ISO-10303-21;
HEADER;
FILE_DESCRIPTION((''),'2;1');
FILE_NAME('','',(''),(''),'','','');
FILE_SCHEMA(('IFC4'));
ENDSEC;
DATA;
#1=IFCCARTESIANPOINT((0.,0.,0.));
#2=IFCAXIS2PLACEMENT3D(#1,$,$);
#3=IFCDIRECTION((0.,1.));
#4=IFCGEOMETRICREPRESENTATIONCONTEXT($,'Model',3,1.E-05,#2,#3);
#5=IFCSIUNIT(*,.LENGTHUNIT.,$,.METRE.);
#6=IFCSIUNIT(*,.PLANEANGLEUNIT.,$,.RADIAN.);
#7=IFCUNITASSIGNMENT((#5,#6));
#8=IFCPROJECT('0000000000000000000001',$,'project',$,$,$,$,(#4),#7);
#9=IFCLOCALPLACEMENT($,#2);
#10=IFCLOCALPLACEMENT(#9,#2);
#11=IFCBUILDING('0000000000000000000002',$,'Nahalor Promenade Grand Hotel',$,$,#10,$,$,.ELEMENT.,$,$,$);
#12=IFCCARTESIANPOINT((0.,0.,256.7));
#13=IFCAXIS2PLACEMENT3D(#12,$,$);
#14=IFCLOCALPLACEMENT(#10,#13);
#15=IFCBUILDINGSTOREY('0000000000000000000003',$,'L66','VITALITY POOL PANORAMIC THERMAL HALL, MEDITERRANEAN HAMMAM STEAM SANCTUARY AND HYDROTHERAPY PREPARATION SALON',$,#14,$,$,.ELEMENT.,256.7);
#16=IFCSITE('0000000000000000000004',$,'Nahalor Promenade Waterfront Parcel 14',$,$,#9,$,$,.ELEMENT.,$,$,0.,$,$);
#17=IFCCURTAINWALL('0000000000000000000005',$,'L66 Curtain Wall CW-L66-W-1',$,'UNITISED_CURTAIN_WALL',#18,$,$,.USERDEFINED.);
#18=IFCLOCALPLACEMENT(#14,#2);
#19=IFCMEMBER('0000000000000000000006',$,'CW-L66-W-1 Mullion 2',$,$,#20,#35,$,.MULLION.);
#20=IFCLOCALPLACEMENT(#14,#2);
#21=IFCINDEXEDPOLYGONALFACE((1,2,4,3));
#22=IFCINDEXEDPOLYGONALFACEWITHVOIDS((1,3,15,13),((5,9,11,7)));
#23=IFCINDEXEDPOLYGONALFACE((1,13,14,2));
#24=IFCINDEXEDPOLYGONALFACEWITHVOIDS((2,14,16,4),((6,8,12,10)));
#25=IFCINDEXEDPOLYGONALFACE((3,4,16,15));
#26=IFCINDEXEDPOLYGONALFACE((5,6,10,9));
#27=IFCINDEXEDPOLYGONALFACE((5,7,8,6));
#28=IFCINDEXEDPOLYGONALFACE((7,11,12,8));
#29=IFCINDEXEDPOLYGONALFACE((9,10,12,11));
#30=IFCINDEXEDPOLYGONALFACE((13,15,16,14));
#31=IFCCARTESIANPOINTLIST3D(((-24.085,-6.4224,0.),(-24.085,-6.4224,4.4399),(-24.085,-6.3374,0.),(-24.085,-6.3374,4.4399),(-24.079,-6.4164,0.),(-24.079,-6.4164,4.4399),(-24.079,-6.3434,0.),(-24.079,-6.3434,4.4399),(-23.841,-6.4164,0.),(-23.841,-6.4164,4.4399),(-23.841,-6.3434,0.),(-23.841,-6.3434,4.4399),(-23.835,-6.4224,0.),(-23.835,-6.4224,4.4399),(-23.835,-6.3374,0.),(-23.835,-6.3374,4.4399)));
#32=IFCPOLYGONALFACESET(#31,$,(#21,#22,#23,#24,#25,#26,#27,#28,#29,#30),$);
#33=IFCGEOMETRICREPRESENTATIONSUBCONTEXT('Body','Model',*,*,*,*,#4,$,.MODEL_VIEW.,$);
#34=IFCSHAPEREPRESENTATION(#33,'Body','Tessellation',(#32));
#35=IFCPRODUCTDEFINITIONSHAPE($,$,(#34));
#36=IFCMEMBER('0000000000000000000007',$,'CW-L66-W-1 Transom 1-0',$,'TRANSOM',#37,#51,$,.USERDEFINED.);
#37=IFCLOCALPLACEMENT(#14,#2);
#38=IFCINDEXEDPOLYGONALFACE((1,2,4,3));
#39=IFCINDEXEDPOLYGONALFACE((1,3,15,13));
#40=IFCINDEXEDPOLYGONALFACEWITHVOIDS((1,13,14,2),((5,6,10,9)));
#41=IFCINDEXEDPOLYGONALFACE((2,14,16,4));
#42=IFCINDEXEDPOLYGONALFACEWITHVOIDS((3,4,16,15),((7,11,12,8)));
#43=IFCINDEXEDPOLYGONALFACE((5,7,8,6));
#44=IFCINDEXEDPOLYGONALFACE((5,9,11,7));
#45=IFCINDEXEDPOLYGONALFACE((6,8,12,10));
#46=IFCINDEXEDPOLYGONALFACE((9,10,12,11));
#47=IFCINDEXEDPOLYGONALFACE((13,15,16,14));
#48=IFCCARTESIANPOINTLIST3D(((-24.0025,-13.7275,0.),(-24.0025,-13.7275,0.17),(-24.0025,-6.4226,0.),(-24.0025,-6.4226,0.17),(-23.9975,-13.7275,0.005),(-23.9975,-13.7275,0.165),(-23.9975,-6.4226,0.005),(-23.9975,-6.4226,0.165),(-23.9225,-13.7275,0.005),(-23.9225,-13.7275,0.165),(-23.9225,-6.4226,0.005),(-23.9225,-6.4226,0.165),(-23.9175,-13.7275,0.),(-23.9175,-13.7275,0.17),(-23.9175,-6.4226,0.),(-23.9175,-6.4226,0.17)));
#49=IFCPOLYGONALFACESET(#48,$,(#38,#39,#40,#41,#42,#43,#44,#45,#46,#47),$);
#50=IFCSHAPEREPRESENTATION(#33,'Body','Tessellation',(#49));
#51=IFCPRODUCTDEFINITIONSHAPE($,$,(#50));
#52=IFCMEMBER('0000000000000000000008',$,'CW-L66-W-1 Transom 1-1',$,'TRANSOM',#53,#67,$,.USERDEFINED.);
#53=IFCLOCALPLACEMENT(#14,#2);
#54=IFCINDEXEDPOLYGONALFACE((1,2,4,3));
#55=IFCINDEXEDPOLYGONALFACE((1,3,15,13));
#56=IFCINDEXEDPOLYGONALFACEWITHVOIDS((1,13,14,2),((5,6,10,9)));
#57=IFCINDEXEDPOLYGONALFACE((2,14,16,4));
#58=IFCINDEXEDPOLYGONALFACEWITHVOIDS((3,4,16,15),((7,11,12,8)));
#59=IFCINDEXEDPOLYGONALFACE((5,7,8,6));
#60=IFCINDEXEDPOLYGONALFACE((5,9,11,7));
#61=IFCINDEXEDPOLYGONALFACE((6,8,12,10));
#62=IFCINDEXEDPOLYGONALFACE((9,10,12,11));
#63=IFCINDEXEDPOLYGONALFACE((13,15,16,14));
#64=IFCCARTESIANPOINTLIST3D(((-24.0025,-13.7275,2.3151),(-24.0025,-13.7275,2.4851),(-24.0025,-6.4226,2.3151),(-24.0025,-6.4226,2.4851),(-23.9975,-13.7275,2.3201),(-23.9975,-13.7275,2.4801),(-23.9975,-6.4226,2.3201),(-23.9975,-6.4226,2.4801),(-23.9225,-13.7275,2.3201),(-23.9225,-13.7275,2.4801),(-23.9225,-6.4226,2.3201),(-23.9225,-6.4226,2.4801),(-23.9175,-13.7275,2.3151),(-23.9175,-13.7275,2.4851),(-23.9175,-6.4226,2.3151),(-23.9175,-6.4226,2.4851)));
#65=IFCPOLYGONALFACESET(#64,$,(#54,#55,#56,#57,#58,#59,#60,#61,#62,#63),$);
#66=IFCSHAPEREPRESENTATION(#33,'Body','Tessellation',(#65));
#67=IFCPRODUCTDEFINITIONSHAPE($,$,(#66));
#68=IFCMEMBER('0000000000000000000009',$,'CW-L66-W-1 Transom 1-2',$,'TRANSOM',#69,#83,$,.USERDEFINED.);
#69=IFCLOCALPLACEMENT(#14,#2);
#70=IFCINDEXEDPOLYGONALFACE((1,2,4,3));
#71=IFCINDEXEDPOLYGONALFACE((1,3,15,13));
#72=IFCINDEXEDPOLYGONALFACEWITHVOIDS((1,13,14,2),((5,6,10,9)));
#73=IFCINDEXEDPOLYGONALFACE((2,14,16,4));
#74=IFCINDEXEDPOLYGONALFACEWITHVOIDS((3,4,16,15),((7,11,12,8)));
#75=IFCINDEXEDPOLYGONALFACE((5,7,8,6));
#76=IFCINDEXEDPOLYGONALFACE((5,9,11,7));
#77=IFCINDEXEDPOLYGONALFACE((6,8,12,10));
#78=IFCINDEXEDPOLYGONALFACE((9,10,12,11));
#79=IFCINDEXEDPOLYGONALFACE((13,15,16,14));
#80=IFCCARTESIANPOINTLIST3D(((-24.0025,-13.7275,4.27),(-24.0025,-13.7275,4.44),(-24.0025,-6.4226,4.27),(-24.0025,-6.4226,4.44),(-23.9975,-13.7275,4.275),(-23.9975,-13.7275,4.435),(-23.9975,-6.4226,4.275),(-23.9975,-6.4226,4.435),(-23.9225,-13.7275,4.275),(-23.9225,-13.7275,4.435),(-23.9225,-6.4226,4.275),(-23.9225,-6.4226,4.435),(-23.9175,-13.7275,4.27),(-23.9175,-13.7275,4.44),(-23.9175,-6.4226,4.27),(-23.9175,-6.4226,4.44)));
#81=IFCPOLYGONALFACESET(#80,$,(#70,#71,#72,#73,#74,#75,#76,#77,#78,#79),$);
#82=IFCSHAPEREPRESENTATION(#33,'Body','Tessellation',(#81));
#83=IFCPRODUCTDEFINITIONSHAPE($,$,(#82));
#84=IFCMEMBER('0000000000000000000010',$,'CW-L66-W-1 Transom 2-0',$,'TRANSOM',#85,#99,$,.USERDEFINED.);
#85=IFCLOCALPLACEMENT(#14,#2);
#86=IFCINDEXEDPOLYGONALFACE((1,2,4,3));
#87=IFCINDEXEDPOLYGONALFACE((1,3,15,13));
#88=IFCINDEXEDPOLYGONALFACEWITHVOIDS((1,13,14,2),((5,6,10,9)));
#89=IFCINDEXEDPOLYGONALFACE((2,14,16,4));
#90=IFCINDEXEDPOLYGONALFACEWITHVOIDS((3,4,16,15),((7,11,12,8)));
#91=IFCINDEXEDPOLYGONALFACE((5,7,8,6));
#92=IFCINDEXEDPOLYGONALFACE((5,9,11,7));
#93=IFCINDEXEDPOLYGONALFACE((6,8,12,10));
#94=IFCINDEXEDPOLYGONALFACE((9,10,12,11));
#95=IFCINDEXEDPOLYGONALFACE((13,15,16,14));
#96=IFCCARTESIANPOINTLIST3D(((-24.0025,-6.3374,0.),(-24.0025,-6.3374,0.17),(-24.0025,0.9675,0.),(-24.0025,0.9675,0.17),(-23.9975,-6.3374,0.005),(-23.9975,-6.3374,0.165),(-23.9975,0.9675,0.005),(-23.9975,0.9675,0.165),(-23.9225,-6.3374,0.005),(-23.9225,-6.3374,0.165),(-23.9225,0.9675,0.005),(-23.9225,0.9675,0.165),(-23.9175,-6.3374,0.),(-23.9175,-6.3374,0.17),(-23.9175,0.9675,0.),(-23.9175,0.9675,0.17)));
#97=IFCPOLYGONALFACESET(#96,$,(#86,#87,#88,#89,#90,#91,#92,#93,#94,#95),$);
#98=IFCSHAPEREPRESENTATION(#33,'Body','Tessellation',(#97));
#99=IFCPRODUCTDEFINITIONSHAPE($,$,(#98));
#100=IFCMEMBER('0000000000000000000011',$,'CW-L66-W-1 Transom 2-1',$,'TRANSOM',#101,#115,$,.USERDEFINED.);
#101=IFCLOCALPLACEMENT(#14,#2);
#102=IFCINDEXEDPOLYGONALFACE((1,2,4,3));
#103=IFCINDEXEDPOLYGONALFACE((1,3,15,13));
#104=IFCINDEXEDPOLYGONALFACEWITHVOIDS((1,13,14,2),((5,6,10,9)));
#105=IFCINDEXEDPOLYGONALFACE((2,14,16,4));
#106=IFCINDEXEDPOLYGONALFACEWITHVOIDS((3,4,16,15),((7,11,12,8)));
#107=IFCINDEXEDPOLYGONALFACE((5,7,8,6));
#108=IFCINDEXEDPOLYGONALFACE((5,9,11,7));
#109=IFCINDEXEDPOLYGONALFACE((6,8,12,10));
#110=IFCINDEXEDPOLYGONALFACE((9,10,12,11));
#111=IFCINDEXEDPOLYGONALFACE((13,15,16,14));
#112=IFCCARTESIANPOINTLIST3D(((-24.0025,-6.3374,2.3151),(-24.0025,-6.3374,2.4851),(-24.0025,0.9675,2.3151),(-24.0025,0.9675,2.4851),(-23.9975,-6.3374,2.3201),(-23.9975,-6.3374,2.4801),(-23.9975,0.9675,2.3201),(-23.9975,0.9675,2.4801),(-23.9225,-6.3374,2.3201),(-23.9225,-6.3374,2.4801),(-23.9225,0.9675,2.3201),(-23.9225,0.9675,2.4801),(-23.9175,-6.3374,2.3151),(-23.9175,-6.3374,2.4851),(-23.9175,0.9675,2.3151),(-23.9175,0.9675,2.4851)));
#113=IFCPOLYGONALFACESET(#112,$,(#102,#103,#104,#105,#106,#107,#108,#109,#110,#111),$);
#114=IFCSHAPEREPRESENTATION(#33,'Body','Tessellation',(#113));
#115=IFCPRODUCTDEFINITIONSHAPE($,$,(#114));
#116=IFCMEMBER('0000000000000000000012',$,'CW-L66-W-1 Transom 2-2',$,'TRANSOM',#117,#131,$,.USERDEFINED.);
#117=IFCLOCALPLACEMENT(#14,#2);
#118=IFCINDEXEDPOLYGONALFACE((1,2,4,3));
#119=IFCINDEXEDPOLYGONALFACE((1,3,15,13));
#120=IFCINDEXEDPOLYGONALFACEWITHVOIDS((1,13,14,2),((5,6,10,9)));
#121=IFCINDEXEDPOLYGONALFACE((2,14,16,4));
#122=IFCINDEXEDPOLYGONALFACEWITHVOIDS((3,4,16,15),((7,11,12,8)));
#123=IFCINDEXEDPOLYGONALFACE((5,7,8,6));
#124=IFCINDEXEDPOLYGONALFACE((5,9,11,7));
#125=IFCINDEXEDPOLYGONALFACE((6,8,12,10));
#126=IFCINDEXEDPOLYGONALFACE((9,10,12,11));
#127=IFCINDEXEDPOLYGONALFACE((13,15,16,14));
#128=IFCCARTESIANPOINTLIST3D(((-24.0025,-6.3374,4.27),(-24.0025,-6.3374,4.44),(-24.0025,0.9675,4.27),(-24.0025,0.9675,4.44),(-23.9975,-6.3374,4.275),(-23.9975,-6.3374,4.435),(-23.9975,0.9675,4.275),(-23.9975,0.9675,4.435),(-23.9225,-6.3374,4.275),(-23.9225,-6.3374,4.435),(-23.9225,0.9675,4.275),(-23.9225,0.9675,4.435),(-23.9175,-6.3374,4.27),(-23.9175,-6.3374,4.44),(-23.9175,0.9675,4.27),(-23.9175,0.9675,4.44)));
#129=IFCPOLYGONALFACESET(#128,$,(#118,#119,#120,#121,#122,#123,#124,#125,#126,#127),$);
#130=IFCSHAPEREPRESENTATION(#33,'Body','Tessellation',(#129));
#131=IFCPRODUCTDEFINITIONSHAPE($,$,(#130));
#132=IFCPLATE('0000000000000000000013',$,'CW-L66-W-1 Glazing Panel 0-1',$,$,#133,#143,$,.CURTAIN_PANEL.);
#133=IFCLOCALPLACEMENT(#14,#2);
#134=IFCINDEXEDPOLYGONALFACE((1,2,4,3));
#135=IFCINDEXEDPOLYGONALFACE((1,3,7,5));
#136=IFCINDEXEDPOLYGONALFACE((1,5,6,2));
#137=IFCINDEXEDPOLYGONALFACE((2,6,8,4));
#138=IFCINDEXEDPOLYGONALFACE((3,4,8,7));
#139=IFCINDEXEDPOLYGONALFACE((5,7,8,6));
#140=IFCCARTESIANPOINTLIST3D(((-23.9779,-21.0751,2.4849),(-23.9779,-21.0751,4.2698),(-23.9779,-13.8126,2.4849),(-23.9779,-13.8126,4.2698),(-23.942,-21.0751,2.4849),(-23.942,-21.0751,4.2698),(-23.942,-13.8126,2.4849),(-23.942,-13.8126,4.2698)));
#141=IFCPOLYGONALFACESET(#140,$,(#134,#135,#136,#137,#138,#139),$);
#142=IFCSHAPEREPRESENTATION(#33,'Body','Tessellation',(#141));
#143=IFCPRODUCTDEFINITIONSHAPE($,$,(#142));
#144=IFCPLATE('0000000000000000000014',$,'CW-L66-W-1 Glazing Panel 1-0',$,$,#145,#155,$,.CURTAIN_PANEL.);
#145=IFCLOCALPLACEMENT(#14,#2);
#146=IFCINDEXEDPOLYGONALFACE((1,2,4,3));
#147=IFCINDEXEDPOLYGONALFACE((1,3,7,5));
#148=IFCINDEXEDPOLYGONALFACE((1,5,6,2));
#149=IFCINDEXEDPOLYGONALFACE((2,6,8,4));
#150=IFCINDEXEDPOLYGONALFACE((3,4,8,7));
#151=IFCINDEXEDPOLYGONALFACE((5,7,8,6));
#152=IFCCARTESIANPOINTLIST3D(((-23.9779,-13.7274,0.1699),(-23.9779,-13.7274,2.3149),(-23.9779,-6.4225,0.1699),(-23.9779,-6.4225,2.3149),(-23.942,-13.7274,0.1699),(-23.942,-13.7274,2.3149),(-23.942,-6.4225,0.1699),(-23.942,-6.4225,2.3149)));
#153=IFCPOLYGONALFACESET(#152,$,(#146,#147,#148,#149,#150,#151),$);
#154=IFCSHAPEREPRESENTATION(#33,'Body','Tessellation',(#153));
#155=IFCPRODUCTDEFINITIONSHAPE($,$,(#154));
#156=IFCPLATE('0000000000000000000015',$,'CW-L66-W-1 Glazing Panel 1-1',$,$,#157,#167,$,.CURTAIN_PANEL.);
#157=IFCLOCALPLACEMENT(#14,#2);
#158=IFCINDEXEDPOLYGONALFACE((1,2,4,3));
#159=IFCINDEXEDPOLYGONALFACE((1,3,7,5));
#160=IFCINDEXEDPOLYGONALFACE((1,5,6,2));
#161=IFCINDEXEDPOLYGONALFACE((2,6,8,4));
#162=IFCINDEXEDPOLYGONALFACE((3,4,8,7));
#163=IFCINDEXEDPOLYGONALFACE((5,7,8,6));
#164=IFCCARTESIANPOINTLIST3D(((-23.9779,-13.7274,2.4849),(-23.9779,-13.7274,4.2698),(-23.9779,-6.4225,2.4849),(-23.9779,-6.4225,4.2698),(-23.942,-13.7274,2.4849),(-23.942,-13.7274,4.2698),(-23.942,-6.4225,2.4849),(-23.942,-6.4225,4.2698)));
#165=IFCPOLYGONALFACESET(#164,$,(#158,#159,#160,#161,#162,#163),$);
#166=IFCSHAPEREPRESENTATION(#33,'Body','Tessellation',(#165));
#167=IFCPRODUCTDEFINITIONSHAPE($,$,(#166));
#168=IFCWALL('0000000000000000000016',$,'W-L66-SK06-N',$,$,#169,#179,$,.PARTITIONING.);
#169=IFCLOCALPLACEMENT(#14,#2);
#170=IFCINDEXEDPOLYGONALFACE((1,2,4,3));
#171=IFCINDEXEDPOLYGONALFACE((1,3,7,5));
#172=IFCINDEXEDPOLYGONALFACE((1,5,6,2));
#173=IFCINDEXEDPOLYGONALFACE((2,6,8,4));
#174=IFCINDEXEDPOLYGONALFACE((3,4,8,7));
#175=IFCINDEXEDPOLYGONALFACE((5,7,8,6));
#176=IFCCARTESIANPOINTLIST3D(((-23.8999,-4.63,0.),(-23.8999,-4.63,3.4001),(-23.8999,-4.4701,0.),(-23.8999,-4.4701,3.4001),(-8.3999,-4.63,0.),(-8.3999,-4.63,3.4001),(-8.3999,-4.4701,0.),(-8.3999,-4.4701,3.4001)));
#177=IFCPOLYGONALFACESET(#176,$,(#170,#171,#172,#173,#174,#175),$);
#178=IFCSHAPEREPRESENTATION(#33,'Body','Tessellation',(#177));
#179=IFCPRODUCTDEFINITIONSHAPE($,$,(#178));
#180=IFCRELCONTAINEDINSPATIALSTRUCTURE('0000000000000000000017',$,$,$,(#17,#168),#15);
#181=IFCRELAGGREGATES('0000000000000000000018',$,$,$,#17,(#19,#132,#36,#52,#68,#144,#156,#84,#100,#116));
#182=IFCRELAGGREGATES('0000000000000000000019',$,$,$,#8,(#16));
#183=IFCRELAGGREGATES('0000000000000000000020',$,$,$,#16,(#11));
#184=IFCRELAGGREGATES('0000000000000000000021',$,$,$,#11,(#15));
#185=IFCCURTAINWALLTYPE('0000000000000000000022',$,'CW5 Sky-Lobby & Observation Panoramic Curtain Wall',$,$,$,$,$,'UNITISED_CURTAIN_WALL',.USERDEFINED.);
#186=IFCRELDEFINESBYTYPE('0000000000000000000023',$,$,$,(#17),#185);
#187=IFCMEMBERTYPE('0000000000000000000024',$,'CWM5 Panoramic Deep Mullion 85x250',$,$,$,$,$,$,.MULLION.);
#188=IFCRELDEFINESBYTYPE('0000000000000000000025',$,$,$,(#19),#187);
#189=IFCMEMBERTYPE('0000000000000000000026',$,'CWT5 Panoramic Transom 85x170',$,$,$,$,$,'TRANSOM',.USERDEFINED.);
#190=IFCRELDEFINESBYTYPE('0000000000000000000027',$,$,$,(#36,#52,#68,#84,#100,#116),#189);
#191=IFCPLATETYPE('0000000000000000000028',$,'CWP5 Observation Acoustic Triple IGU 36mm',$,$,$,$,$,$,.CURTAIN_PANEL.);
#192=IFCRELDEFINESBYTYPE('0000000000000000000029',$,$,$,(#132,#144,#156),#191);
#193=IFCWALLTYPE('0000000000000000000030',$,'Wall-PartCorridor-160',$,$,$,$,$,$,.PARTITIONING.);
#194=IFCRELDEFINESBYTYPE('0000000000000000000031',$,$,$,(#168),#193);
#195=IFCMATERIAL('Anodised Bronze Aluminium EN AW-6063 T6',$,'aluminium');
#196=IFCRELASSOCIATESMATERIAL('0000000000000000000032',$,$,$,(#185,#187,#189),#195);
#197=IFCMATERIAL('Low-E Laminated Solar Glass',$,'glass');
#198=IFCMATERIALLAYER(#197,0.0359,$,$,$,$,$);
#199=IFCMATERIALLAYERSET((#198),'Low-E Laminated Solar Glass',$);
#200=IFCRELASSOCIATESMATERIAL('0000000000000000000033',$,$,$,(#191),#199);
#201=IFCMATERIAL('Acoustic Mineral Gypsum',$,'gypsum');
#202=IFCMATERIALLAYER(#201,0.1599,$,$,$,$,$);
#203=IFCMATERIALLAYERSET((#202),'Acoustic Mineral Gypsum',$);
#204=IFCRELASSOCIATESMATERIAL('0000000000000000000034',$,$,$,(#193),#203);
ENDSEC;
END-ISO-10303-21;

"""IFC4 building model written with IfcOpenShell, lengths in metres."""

from ifc_helpers import new_model, si_unit, direction, frame, frame_2d, origin, origin_2d, place, context, subcontext, project, spatial, rectangle, hollow_rectangle, extrude, source, transform, mapped, material, layer, layer_set, material_profile, profile_set, type_object, element, aggregate, save


model = new_model("IFC4")

# Units and contexts
model_context = context("Model", 3, precision=1e-05, world=origin(), true_north=direction((0.0, 1.0)))
body_context = subcontext(model_context, "Body", "Model", "MODEL_VIEW")
ifc_project = project(units=[si_unit("LENGTHUNIT", "METRE"), si_unit("PLANEANGLEUNIT", "RADIAN")], contexts=[model_context])

# Site, building, storey
site_placement = place(None, origin())
site = spatial("IfcSite", under=ifc_project, at=site_placement, Name="Nahalor Promenade Waterfront Parcel 14", CompositionType="ELEMENT", RefElevation=0.0)
building_placement = place(site_placement, origin())
building = spatial("IfcBuilding", under=site, at=building_placement, Name="Nahalor Promenade Grand Hotel", CompositionType="ELEMENT")
storey_placement = place(building_placement, frame((0.0, 0.0, 256.7)))
storey = spatial("IfcBuildingStorey", under=building, at=storey_placement, Name="L66", Description="VITALITY POOL PANORAMIC THERMAL HALL, MEDITERRANEAN HAMMAM STEAM SANCTUARY AND HYDROTHERAPY PREPARATION SALON", CompositionType="ELEMENT", Elevation=256.7)

# Curtain wall, members, plates
ifc_material_1 = material(Name="Anodised Bronze Aluminium EN AW-6063 T6", Category="aluminium")
curtain_wall_type = type_object("IfcCurtainWallType", Name="CW5 Sky-Lobby & Observation Panoramic Curtain Wall", ElementType="UNITISED_CURTAIN_WALL", PredefinedType="USERDEFINED", material=ifc_material_1)
curtain_wall_placement = place(storey_placement, origin())
curtain_wall = element("IfcCurtainWall", 1, at=curtain_wall_placement, inside=storey, type_object=curtain_wall_type, Name="L66 Curtain Wall CW-L66-W-1", ObjectType="UNITISED_CURTAIN_WALL", PredefinedType="USERDEFINED")
ifc_material_profile_1 = material_profile(ifc_material_1, hollow_rectangle(XDim=0.085, YDim=0.25, WallThickness=0.006, at=origin_2d()), Name="CWM 85x250x6")
ifc_profile_set_1 = profile_set([ifc_material_profile_1], Name="Anodised Bronze Aluminium EN AW-6063 T6")
member_type_1 = type_object("IfcMemberType", Name="CWM5 Panoramic Deep Mullion 85x250", PredefinedType="MULLION", material=ifc_profile_set_1)
shared_shape_1 = source(origin(), body_context, "Body", "SweptSolid", [
    extrude(hollow_rectangle(XDim=0.085, YDim=0.25, WallThickness=0.006, at=origin_2d()), origin(), (0.0, 0.0, 1.0), 4.4399),
])
member_1_placement = place(storey_placement, frame((-23.96, -6.3799, 0.0), z_axis=(0.0, 0.0, 1.0), x_axis=(0.0, 1.0, 0.0)))
member_1 = element("IfcMember", 2, at=member_1_placement, type_object=member_type_1, Name="CW-L66-W-1 Mullion 2", PredefinedType="MULLION", context=body_context, shape_type="MappedRepresentation", body=[
    mapped(shared_shape_1, transform((0.0, 0.0, 0.0), scale=1.0)),
])
ifc_material_profile_2 = material_profile(ifc_material_1, hollow_rectangle(XDim=0.085, YDim=0.17, WallThickness=0.005, at=origin_2d()), Name="CWT 85x170x5")
ifc_profile_set_2 = profile_set([ifc_material_profile_2], Name="Anodised Bronze Aluminium EN AW-6063 T6")
member_type_2 = type_object("IfcMemberType", Name="CWT5 Panoramic Transom 85x170", ElementType="TRANSOM", PredefinedType="USERDEFINED", material=ifc_profile_set_2)
shared_shape_2 = source(origin(), body_context, "Body", "SweptSolid", [
    extrude(hollow_rectangle(XDim=0.085, YDim=0.17, WallThickness=0.005, at=origin_2d()), origin(), (0.0, 0.0, 1.0), 7.3049),
])
member_2_placement = place(storey_placement, frame((-23.96, -13.7275, 0.085), z_axis=(0.0, 1.0, 0.0), x_axis=(-1.0, 0.0, 0.0)))
member_2 = element("IfcMember", 3, at=member_2_placement, type_object=member_type_2, Name="CW-L66-W-1 Transom 1-0", ObjectType="TRANSOM", PredefinedType="USERDEFINED", context=body_context, shape_type="MappedRepresentation", body=[
    mapped(shared_shape_2, transform((0.0, 0.0, 0.0), scale=1.0)),
])
member_3_placement = place(storey_placement, frame((-23.96, -13.7275, 2.4001), z_axis=(0.0, 1.0, 0.0), x_axis=(-1.0, 0.0, 0.0)))
member_3 = element("IfcMember", 4, at=member_3_placement, type_object=member_type_2, Name="CW-L66-W-1 Transom 1-1", ObjectType="TRANSOM", PredefinedType="USERDEFINED", context=body_context, shape_type="MappedRepresentation", body=[
    mapped(shared_shape_2, transform((0.0, 0.0, 0.0), scale=1.0)),
])
member_4_placement = place(storey_placement, frame((-23.96, -13.7275, 4.355), z_axis=(0.0, 1.0, 0.0), x_axis=(-1.0, 0.0, 0.0)))
member_4 = element("IfcMember", 5, at=member_4_placement, type_object=member_type_2, Name="CW-L66-W-1 Transom 1-2", ObjectType="TRANSOM", PredefinedType="USERDEFINED", context=body_context, shape_type="MappedRepresentation", body=[
    mapped(shared_shape_2, transform((0.0, 0.0, 0.0), scale=1.0)),
])
member_5_placement = place(storey_placement, frame((-23.96, -6.3374, 0.085), z_axis=(0.0, 1.0, 0.0), x_axis=(-1.0, 0.0, 0.0)))
member_5 = element("IfcMember", 6, at=member_5_placement, type_object=member_type_2, Name="CW-L66-W-1 Transom 2-0", ObjectType="TRANSOM", PredefinedType="USERDEFINED", context=body_context, shape_type="MappedRepresentation", body=[
    mapped(shared_shape_2, transform((0.0, 0.0, 0.0), scale=1.0)),
])
member_6_placement = place(storey_placement, frame((-23.96, -6.3374, 2.4001), z_axis=(0.0, 1.0, 0.0), x_axis=(-1.0, 0.0, 0.0)))
member_6 = element("IfcMember", 7, at=member_6_placement, type_object=member_type_2, Name="CW-L66-W-1 Transom 2-1", ObjectType="TRANSOM", PredefinedType="USERDEFINED", context=body_context, shape_type="MappedRepresentation", body=[
    mapped(shared_shape_2, transform((0.0, 0.0, 0.0), scale=1.0)),
])
member_7_placement = place(storey_placement, frame((-23.96, -6.3374, 4.355), z_axis=(0.0, 1.0, 0.0), x_axis=(-1.0, 0.0, 0.0)))
member_7 = element("IfcMember", 8, at=member_7_placement, type_object=member_type_2, Name="CW-L66-W-1 Transom 2-2", ObjectType="TRANSOM", PredefinedType="USERDEFINED", context=body_context, shape_type="MappedRepresentation", body=[
    mapped(shared_shape_2, transform((0.0, 0.0, 0.0), scale=1.0)),
])
ifc_material_2 = material(Name="Low-E Laminated Solar Glass", Category="glass")
ifc_layer_1 = layer(ifc_material_2, 0.0359)
ifc_layer_set_1 = layer_set([ifc_layer_1], Name="Low-E Laminated Solar Glass")
plate_type = type_object("IfcPlateType", Name="CWP5 Observation Acoustic Triple IGU 36mm", PredefinedType="CURTAIN_PANEL", material=ifc_layer_set_1)
shared_shape_3 = source(origin(), body_context, "Body", "SweptSolid", [
    extrude(rectangle(XDim=7.2625, YDim=0.0359, at=origin_2d()), origin(), (0.0, 0.0, 1.0), 1.7849),
])
plate_1_placement = place(storey_placement, frame((-23.96, -17.4438, 2.4849), z_axis=(0.0, 0.0, 1.0), x_axis=(0.0, 1.0, 0.0)))
plate_1 = element("IfcPlate", 9, at=plate_1_placement, type_object=plate_type, Name="CW-L66-W-1 Glazing Panel 0-1", PredefinedType="CURTAIN_PANEL", context=body_context, shape_type="MappedRepresentation", body=[
    mapped(shared_shape_3, transform((0.0, 0.0, 0.0), scale=1.0)),
])
shared_shape_4 = source(origin(), body_context, "Body", "SweptSolid", [
    extrude(rectangle(XDim=7.3049, YDim=0.0359, at=origin_2d()), origin(), (0.0, 0.0, 1.0), 2.145),
])
plate_2_placement = place(storey_placement, frame((-23.96, -10.075, 0.1699), z_axis=(0.0, 0.0, 1.0), x_axis=(0.0, 1.0, 0.0)))
plate_2 = element("IfcPlate", 10, at=plate_2_placement, type_object=plate_type, Name="CW-L66-W-1 Glazing Panel 1-0", PredefinedType="CURTAIN_PANEL", context=body_context, shape_type="MappedRepresentation", body=[
    mapped(shared_shape_4, transform((0.0, 0.0, 0.0), scale=1.0)),
])
shared_shape_5 = source(origin(), body_context, "Body", "SweptSolid", [
    extrude(rectangle(XDim=7.3049, YDim=0.0359, at=origin_2d()), origin(), (0.0, 0.0, 1.0), 1.7849),
])
plate_3_placement = place(storey_placement, frame((-23.96, -10.075, 2.4849), z_axis=(0.0, 0.0, 1.0), x_axis=(0.0, 1.0, 0.0)))
plate_3 = element("IfcPlate", 11, at=plate_3_placement, type_object=plate_type, Name="CW-L66-W-1 Glazing Panel 1-1", PredefinedType="CURTAIN_PANEL", context=body_context, shape_type="MappedRepresentation", body=[
    mapped(shared_shape_5, transform((0.0, 0.0, 0.0), scale=1.0)),
])
aggregate(curtain_wall, [member_1, plate_1, member_2, member_3, member_4, plate_2, plate_3, member_5, member_6, member_7])

# Wall
ifc_material_3 = material(Name="Acoustic Mineral Gypsum", Category="gypsum")
ifc_layer_2 = layer(ifc_material_3, 0.1599)
ifc_layer_set_2 = layer_set([ifc_layer_2], Name="Acoustic Mineral Gypsum")
wall_type = type_object("IfcWallType", Name="Wall-PartCorridor-160", PredefinedType="PARTITIONING", material=ifc_layer_set_2)
shared_shape_6 = source(origin(), body_context, "Body", "SweptSolid", [
    extrude(rectangle(XDim=15.5, YDim=0.1599, at=frame_2d((7.75, 0.0))), origin(), (0.0, 0.0, 1.0), 3.4001),
])
wall_placement = place(storey_placement, frame((-23.8999, -4.55, 0.0), z_axis=(0.0, 0.0, 1.0), x_axis=(1.0, 0.0, 0.0)))
element("IfcWall", 12, at=wall_placement, inside=storey, type_object=wall_type, Name="W-L66-SK06-N", PredefinedType="PARTITIONING", context=body_context, shape_type="MappedRepresentation", body=[
    mapped(shared_shape_6, transform((0.0, 0.0, 0.0), scale=1.0)),
])

save(model, "model.ifc")
